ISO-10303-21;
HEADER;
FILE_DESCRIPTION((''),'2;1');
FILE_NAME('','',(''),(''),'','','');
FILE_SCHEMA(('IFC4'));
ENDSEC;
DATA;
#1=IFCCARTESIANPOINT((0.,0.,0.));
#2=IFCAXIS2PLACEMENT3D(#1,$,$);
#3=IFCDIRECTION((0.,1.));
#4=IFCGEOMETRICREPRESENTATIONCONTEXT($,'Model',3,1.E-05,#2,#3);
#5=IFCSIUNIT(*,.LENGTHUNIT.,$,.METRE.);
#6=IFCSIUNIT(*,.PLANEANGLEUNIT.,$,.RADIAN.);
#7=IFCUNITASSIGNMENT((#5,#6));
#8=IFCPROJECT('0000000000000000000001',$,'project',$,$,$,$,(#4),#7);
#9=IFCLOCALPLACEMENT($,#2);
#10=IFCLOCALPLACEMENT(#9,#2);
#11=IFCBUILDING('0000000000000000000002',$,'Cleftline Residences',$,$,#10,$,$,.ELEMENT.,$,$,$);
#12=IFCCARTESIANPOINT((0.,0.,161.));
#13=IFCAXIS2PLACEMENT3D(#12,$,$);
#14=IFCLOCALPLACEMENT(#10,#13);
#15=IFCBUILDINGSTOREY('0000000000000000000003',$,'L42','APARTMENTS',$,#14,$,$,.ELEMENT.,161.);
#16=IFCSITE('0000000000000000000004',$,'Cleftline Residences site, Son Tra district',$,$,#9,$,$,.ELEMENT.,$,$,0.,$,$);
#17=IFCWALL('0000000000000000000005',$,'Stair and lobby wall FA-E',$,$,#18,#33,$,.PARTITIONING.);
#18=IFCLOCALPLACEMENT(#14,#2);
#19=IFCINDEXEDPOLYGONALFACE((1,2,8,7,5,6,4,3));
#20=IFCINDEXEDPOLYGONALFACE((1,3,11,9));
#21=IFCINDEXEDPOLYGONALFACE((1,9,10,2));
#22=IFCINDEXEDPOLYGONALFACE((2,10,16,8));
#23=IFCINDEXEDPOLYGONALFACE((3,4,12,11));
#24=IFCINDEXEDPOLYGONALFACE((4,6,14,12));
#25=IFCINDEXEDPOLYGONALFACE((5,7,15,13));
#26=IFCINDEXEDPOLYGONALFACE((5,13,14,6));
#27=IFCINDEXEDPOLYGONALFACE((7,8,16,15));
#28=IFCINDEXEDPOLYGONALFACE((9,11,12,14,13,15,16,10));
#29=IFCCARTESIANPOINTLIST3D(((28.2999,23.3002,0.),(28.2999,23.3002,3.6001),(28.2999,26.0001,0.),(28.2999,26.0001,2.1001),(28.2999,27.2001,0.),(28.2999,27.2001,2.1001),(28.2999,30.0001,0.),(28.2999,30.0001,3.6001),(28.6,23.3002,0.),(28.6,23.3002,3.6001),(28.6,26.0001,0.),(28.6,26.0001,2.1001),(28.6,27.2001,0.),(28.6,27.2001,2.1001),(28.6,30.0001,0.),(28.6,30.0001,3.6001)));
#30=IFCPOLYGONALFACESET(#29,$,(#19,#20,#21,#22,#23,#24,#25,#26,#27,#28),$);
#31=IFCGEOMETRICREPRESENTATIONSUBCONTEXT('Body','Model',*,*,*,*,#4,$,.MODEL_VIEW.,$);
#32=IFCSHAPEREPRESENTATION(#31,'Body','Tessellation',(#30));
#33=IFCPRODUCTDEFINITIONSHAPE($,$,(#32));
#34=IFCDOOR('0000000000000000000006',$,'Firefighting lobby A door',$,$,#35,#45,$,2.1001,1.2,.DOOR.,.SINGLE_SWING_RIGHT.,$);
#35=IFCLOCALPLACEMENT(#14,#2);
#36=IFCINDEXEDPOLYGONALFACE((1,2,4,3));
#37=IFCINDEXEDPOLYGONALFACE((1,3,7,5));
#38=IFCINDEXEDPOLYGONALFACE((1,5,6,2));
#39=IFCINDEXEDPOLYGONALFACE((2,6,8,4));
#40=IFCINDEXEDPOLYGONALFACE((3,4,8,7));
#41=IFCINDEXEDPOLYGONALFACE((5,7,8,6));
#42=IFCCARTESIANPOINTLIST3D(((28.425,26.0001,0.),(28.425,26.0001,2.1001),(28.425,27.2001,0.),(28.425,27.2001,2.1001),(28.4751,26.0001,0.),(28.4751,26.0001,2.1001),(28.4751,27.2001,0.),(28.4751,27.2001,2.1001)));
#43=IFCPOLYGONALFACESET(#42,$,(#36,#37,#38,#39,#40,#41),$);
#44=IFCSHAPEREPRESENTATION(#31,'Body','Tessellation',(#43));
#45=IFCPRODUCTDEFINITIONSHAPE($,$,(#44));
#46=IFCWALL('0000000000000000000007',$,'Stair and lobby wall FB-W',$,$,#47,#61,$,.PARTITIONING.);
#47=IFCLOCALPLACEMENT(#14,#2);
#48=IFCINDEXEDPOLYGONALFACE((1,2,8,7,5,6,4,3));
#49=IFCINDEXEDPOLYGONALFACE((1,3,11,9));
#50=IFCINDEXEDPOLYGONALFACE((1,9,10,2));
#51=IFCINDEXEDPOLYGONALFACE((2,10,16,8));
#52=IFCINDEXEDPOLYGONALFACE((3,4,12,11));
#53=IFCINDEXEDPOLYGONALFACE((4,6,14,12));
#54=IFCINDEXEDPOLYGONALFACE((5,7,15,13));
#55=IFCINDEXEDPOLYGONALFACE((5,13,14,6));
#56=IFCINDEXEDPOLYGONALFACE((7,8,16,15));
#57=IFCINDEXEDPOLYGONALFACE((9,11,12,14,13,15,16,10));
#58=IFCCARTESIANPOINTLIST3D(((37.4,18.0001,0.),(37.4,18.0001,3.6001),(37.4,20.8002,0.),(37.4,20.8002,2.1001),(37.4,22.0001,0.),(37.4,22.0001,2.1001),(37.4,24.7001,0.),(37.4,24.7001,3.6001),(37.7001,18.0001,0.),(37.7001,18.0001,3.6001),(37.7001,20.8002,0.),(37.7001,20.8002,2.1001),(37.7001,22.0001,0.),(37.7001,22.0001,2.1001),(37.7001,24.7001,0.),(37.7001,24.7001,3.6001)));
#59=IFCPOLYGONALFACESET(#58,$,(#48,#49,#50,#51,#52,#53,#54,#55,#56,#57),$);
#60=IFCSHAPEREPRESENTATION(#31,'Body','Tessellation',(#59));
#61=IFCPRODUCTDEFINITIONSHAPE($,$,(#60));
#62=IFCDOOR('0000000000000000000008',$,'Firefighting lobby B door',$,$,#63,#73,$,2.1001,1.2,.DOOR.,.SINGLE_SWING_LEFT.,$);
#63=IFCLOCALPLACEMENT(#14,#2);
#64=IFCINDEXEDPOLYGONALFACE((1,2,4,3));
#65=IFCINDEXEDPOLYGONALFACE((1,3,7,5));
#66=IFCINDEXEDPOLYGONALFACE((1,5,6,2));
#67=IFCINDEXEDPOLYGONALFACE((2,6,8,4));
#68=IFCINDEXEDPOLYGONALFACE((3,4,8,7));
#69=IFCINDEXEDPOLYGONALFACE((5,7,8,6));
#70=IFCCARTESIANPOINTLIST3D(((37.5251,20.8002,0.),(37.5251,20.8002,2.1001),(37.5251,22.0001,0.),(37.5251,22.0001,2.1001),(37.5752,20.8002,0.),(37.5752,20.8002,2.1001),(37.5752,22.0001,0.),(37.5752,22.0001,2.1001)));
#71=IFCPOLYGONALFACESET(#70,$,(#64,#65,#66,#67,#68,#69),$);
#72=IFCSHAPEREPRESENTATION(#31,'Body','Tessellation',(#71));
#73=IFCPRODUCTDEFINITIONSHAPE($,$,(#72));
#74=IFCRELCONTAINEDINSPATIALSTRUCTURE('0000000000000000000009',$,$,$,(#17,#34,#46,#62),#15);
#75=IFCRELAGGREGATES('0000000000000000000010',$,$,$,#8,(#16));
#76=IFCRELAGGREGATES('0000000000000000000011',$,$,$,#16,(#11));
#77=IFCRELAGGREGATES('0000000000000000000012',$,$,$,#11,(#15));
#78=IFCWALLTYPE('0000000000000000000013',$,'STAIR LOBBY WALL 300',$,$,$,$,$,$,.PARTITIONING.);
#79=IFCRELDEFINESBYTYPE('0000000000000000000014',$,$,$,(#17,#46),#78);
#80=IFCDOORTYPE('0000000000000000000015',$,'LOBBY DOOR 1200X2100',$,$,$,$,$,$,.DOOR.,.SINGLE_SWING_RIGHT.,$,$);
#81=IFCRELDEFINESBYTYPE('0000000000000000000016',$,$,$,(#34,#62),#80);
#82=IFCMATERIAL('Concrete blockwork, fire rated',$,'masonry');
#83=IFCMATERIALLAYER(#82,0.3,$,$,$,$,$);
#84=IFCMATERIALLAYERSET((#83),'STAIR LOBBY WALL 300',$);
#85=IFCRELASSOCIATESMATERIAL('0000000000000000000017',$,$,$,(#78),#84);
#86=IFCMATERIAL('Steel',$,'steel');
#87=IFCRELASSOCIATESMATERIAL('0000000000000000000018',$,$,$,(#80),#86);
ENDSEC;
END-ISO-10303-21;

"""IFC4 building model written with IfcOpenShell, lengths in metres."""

from ifc_helpers import new_model, si_unit, direction, frame, frame_2d, origin, place, context, subcontext, project, spatial, rectangle, extrude, material, layer, layer_set, type_object, element, fill, save


model = new_model("IFC4")

# Units and contexts
model_context = context("Model", 3, precision=1e-05, world=origin(), true_north=direction((0.0, 1.0)))
body_context = subcontext(model_context, "Body", "Model", "MODEL_VIEW")
ifc_project = project(units=[si_unit("LENGTHUNIT", "METRE"), si_unit("PLANEANGLEUNIT", "RADIAN")], contexts=[model_context])

# Site, building, storey
site_placement = place(None, origin())
site = spatial("IfcSite", under=ifc_project, at=site_placement, Name="Cleftline Residences site, Son Tra district", CompositionType="ELEMENT", RefElevation=0.0)
building_placement = place(site_placement, origin())
building = spatial("IfcBuilding", under=site, at=building_placement, Name="Cleftline Residences", CompositionType="ELEMENT")
storey_placement = place(building_placement, frame((0.0, 0.0, 161.0)))
storey = spatial("IfcBuildingStorey", under=building, at=storey_placement, Name="L42", Description="APARTMENTS", CompositionType="ELEMENT", Elevation=161.0)

# Walls, openings, doors
ifc_material_1 = material(Name="Concrete blockwork, fire rated", Category="masonry")
ifc_layer_1 = layer(ifc_material_1, 0.3)
ifc_layer_set_1 = layer_set([ifc_layer_1], Name="STAIR LOBBY WALL 300")
wall_type_1 = type_object("IfcWallType", Name="STAIR LOBBY WALL 300", PredefinedType="PARTITIONING", material=ifc_layer_set_1)
wall_1_placement = place(storey_placement, frame((28.45, 23.3, 0.0), z_axis=(0.0, 0.0, 1.0), x_axis=(0.0, 1.0, 0.0)))
wall_1 = element("IfcWall", 1, at=wall_1_placement, inside=storey, type_object=wall_type_1, Name="Stair and lobby wall FA-E", PredefinedType="PARTITIONING", context=body_context, shape_type="SweptSolid", body=[
    extrude(rectangle(XDim=6.7, YDim=0.3, at=frame_2d((3.3501, 0.0))), origin(), (0.0, 0.0, 1.0), 3.6001),
])
opening_1_placement = place(wall_1_placement, frame((2.7, 0.0, 0.0)))
opening_1 = element("IfcOpeningElement", 2, at=opening_1_placement, cuts=wall_1, PredefinedType="OPENING", context=body_context, shape_type="SweptSolid", body=[
    extrude(rectangle(XDim=1.2, YDim=2.1001, at=frame_2d((0.6001, 1.05))), frame((0.0, 0.1599, 0.0), z_axis=(0.0, -1.0, 0.0), x_axis=(1.0, 0.0, 0.0)), (0.0, 0.0, 1.0), 0.3201),
])
ifc_material_2 = material(Name="Steel", Category="steel")
door_type_1 = type_object("IfcDoorType", Name="LOBBY DOOR 1200X2100", OperationType="SINGLE_SWING_RIGHT", PredefinedType="DOOR", material=ifc_material_2)
door_1_placement = place(opening_1_placement, origin())
door_1 = element("IfcDoor", 3, at=door_1_placement, inside=storey, type_object=door_type_1, Name="Firefighting lobby A door", OperationType="SINGLE_SWING_RIGHT", OverallHeight=2.1001, OverallWidth=1.2, PredefinedType="DOOR", context=body_context, shape_type="SweptSolid", body=[
    extrude(rectangle(XDim=1.2, YDim=2.1001, at=frame_2d((0.6001, 1.05))), frame((0.0, 0.0249, 0.0), z_axis=(0.0, -1.0, 0.0), x_axis=(1.0, 0.0, 0.0)), (0.0, 0.0, 1.0), 0.05),
])
fill(opening_1, door_1)
wall_2_placement = place(storey_placement, frame((37.55, 18.0, 0.0), z_axis=(0.0, 0.0, 1.0), x_axis=(0.0, 1.0, 0.0)))
wall_2 = element("IfcWall", 4, at=wall_2_placement, inside=storey, type_object=wall_type_1, Name="Stair and lobby wall FB-W", PredefinedType="PARTITIONING", context=body_context, shape_type="SweptSolid", body=[
    extrude(rectangle(XDim=6.7, YDim=0.3, at=frame_2d((3.3501, 0.0))), origin(), (0.0, 0.0, 1.0), 3.6001),
])
opening_2_placement = place(wall_2_placement, frame((2.8, 0.0, 0.0)))
opening_2 = element("IfcOpeningElement", 5, at=opening_2_placement, cuts=wall_2, PredefinedType="OPENING", context=body_context, shape_type="SweptSolid", body=[
    extrude(rectangle(XDim=1.2, YDim=2.1001, at=frame_2d((0.6001, 1.05))), frame((0.0, 0.1599, 0.0), z_axis=(0.0, -1.0, 0.0), x_axis=(1.0, 0.0, 0.0)), (0.0, 0.0, 1.0), 0.3201),
])
door_2_placement = place(opening_2_placement, origin())
door_2 = element("IfcDoor", 6, at=door_2_placement, inside=storey, type_object=door_type_1, Name="Firefighting lobby B door", OperationType="SINGLE_SWING_LEFT", OverallHeight=2.1001, OverallWidth=1.2, PredefinedType="DOOR", context=body_context, shape_type="SweptSolid", body=[
    extrude(rectangle(XDim=1.2, YDim=2.1001, at=frame_2d((0.6001, 1.05))), frame((0.0, 0.0249, 0.0), z_axis=(0.0, -1.0, 0.0), x_axis=(1.0, 0.0, 0.0)), (0.0, 0.0, 1.0), 0.05),
])
fill(opening_2, door_2)

save(model, "model.ifc")
